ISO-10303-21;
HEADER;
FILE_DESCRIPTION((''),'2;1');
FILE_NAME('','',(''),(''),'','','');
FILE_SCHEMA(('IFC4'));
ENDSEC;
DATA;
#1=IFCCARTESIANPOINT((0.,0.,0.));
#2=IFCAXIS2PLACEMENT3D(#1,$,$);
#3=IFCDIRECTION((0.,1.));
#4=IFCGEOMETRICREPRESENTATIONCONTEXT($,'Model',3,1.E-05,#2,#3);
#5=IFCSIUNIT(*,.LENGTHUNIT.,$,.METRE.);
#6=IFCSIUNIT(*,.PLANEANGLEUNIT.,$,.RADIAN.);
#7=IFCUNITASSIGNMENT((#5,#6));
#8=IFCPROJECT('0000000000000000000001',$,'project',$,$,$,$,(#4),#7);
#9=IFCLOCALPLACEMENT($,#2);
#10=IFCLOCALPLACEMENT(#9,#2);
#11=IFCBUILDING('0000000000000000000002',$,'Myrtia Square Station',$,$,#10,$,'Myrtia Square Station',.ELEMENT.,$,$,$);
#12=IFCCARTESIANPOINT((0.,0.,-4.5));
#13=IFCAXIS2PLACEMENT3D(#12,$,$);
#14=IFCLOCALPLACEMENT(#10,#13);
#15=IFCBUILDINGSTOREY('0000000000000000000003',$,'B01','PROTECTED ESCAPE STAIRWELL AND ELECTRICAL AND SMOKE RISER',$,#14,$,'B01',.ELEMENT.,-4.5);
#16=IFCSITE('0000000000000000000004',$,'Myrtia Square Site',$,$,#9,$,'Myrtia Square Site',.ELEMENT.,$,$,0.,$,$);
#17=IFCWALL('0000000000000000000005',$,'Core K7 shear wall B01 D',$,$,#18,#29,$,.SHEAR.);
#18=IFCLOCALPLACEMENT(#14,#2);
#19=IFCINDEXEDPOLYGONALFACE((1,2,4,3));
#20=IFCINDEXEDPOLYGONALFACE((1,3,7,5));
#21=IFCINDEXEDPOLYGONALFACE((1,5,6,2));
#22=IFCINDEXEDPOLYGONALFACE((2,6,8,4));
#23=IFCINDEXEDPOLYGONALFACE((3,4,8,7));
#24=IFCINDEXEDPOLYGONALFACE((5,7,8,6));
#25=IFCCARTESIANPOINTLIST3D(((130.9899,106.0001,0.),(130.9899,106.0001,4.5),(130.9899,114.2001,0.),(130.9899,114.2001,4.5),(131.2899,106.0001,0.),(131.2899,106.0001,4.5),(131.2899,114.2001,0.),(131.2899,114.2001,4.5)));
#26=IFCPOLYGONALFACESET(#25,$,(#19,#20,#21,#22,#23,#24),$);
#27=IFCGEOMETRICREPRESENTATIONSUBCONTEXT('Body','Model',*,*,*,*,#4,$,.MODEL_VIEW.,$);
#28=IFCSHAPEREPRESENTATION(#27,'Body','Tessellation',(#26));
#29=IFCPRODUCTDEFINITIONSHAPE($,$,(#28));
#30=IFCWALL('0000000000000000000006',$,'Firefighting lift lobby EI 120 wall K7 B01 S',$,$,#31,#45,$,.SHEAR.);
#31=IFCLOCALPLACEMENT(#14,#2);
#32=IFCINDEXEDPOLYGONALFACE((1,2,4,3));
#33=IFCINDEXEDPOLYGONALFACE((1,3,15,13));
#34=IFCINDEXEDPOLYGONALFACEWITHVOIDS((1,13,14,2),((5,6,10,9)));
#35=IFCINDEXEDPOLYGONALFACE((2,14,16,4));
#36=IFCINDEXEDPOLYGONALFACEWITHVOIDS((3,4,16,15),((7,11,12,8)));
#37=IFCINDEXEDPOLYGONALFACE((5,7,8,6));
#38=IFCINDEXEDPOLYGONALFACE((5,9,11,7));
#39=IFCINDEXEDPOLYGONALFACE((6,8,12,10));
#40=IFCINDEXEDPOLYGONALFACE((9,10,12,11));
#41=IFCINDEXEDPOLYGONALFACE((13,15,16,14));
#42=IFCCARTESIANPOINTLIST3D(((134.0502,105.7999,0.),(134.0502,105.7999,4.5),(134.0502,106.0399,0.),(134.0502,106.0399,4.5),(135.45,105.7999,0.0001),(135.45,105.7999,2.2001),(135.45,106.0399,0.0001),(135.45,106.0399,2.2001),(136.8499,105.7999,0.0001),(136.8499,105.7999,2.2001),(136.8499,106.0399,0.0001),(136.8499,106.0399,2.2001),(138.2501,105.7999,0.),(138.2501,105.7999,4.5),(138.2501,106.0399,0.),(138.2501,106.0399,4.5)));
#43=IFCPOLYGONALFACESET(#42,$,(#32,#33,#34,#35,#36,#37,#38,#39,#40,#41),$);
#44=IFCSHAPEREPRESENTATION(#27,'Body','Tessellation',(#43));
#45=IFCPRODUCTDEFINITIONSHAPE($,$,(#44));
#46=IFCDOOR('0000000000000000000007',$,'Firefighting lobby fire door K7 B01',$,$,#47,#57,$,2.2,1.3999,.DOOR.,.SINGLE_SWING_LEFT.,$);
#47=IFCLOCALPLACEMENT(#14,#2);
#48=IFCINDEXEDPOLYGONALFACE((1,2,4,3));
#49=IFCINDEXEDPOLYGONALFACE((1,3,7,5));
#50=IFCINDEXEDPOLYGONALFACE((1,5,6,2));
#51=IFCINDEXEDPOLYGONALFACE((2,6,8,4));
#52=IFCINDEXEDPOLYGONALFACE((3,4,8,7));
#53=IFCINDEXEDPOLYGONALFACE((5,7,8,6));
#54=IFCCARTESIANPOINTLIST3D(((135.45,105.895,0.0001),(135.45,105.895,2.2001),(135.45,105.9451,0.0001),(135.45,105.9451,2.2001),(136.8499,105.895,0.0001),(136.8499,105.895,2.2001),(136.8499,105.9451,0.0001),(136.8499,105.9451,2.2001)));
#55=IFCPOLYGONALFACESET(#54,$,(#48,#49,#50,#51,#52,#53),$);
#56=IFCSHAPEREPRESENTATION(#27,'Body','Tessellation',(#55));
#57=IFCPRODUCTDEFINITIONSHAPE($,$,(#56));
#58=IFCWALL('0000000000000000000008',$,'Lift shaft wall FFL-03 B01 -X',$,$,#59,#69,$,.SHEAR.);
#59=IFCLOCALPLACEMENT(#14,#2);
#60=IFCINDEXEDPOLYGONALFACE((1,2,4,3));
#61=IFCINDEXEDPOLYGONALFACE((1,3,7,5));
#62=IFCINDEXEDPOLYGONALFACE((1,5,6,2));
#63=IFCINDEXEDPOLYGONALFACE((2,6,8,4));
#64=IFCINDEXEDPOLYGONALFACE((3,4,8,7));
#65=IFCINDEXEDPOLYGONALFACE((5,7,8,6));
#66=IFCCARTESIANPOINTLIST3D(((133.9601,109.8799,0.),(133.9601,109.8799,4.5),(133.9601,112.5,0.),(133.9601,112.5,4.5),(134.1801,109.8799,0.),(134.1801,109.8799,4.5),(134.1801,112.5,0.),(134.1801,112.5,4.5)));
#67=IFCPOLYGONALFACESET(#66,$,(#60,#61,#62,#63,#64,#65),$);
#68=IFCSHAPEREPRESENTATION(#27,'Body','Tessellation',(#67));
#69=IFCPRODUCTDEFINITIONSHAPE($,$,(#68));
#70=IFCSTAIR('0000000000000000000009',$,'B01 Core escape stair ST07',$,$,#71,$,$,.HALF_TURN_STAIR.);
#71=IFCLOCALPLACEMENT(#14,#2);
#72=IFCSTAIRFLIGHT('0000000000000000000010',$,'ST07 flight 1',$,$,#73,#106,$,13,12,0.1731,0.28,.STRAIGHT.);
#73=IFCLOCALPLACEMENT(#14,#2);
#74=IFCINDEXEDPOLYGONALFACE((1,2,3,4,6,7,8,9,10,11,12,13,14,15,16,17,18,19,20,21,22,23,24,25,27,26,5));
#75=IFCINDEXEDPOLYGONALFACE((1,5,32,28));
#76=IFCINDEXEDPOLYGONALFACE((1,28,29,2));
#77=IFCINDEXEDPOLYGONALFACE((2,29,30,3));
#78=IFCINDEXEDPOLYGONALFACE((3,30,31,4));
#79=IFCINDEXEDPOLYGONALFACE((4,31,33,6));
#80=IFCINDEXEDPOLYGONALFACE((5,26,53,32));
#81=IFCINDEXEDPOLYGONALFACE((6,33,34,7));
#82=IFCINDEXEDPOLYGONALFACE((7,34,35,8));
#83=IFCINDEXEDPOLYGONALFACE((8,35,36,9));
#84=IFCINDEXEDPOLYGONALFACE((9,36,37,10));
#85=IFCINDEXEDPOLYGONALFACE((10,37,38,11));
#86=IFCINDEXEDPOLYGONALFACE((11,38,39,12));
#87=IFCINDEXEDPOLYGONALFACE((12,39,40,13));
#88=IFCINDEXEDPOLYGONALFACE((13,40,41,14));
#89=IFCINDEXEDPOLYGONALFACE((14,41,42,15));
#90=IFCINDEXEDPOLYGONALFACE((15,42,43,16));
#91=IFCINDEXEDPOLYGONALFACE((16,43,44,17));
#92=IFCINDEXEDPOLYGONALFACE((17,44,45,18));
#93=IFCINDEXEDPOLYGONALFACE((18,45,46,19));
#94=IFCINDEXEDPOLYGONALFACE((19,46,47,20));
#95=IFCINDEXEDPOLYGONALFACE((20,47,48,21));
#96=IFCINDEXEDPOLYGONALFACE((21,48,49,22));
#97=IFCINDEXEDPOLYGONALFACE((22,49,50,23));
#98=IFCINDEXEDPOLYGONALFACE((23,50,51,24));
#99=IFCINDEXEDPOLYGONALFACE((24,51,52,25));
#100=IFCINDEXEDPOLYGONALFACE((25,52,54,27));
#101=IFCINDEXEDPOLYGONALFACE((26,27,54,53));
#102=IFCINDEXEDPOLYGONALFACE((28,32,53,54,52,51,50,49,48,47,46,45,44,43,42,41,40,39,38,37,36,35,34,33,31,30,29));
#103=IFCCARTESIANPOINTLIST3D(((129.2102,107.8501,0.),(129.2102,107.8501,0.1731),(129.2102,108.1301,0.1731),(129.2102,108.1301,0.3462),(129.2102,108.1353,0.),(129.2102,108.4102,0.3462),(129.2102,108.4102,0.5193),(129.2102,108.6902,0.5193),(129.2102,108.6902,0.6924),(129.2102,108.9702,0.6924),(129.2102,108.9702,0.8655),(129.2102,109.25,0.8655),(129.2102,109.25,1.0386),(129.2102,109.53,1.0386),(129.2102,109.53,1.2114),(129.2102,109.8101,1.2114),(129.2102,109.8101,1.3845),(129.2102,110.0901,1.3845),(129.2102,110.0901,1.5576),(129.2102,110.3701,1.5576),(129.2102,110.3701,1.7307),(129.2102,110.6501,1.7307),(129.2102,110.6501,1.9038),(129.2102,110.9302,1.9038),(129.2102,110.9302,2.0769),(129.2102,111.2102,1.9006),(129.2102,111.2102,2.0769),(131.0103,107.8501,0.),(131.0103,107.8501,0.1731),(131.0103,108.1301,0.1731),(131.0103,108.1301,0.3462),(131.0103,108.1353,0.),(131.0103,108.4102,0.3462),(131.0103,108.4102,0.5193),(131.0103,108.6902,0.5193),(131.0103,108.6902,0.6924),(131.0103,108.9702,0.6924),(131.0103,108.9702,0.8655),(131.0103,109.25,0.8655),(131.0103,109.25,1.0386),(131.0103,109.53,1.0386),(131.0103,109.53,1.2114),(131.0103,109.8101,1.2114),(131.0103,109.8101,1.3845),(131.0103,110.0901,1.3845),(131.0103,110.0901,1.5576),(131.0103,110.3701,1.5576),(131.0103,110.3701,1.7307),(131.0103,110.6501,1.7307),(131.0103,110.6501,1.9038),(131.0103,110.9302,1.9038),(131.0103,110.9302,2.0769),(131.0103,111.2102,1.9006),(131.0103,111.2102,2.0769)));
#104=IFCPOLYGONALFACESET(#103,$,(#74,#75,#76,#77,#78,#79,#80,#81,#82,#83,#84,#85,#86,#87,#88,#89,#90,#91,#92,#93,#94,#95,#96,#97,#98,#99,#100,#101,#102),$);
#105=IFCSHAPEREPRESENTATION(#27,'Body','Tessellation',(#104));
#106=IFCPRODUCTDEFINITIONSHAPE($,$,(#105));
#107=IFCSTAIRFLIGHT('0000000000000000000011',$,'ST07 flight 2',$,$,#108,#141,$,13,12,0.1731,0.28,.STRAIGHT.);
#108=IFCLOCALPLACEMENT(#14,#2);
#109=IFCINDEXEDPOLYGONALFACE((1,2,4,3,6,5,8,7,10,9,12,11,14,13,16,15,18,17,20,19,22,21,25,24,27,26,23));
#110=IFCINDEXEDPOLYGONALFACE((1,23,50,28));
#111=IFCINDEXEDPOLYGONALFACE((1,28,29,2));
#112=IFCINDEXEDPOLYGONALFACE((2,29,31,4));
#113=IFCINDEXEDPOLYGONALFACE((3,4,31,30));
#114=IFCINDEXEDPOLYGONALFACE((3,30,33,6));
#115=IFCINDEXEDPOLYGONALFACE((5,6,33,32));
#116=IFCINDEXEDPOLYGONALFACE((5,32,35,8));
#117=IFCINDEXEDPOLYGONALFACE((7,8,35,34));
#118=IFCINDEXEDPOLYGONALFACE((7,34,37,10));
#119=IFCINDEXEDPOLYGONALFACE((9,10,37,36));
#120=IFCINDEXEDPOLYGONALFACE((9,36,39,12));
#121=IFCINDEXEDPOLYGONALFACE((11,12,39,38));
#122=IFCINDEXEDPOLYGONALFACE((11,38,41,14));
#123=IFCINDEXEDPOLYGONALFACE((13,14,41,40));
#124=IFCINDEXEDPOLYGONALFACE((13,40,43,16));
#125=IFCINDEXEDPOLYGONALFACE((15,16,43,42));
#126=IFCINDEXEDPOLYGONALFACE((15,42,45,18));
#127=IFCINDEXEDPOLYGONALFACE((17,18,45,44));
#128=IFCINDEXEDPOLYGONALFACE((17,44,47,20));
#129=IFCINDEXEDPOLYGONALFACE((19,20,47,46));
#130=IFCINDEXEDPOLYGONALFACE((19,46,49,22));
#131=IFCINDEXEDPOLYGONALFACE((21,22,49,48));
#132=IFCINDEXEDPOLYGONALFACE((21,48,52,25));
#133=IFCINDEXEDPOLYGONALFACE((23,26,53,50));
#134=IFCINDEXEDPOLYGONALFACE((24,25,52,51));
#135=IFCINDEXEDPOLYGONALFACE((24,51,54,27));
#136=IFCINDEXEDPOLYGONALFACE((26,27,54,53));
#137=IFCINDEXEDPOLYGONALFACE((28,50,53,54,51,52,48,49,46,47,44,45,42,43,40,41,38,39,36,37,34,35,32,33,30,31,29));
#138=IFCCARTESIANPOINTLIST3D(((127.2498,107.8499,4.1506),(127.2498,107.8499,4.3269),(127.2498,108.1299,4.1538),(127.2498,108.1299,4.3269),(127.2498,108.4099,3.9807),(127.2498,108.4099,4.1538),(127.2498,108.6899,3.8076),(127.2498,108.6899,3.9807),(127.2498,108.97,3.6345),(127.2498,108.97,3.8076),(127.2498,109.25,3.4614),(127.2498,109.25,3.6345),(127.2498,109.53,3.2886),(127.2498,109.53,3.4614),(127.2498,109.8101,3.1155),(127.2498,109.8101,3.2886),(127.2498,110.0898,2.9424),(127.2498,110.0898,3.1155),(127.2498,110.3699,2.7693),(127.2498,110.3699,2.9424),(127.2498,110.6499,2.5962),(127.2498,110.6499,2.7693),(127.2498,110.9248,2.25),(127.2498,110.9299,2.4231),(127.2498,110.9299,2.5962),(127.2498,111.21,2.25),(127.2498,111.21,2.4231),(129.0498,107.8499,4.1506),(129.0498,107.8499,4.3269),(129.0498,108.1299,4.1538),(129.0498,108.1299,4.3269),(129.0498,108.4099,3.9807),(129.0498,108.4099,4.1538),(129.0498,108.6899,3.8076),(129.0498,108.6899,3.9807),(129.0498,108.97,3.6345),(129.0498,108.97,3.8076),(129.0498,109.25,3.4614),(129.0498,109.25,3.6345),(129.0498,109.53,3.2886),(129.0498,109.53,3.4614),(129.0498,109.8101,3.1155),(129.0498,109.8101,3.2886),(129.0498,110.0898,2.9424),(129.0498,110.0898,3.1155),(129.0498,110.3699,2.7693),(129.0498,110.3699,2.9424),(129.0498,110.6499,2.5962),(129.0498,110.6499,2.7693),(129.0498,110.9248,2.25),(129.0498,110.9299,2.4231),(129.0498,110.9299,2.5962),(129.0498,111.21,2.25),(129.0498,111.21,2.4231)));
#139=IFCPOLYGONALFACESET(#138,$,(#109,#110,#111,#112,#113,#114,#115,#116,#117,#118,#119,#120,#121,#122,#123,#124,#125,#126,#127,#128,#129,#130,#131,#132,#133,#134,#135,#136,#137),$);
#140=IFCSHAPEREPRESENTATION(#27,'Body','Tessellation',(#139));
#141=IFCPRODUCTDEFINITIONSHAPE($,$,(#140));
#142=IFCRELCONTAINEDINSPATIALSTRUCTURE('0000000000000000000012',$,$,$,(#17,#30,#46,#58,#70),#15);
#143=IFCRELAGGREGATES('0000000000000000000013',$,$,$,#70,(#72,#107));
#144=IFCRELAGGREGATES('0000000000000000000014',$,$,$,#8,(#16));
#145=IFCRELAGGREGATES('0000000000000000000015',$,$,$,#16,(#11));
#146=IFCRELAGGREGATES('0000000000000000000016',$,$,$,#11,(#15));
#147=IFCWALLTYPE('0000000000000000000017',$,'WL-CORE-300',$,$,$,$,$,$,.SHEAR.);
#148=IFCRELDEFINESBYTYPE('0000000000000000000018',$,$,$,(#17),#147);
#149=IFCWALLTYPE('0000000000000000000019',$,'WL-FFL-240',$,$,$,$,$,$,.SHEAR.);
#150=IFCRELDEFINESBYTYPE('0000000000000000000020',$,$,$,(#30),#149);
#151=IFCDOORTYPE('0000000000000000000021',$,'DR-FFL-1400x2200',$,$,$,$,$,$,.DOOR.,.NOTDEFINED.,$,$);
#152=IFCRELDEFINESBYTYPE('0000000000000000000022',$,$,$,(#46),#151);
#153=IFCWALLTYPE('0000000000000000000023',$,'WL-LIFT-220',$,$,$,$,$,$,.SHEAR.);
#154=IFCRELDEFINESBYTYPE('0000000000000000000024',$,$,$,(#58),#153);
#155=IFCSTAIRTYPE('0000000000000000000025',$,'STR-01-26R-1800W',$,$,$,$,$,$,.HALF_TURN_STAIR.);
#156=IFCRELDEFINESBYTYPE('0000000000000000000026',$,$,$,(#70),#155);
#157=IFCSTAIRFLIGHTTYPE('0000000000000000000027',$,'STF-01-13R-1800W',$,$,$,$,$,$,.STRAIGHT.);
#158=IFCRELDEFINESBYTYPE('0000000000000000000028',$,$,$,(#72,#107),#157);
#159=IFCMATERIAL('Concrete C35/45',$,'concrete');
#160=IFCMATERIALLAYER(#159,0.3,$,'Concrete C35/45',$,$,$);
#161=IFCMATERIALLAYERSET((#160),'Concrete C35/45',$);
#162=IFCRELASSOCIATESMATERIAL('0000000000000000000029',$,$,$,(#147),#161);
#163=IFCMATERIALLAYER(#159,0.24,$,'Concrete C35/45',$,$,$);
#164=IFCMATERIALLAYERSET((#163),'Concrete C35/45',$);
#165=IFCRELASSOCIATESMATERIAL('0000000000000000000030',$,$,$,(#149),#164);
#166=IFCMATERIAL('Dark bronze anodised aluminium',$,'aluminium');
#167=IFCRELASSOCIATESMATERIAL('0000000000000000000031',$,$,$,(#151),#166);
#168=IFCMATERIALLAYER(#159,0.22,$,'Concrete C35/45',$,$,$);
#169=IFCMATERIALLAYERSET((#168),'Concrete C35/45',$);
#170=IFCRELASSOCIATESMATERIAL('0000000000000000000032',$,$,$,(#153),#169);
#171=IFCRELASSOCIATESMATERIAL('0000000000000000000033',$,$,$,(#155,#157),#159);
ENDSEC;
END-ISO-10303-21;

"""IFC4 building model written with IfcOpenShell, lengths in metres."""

from ifc_helpers import new_model, si_unit, direction, frame, frame_2d, origin, place, context, subcontext, project, spatial, polyline, rectangle, outline, extrude, material, layer, layer_set, type_object, element, fill, aggregate, save


model = new_model("IFC4")

# Units and contexts
model_context = context("Model", 3, precision=1e-05, world=origin(), true_north=direction((0.0, 1.0)))
body_context = subcontext(model_context, "Body", "Model", "MODEL_VIEW")
ifc_project = project(units=[si_unit("LENGTHUNIT", "METRE"), si_unit("PLANEANGLEUNIT", "RADIAN")], contexts=[model_context])

# Site, building, storey
site_placement = place(None, origin())
site = spatial("IfcSite", under=ifc_project, at=site_placement, Name="Myrtia Square Site", LongName="Myrtia Square Site", CompositionType="ELEMENT", RefElevation=0.0)
building_placement = place(site_placement, origin())
building = spatial("IfcBuilding", under=site, at=building_placement, Name="Myrtia Square Station", LongName="Myrtia Square Station", CompositionType="ELEMENT")
storey_placement = place(building_placement, frame((0.0, 0.0, -4.5)))
storey = spatial("IfcBuildingStorey", under=building, at=storey_placement, Name="B01", Description="PROTECTED ESCAPE STAIRWELL AND ELECTRICAL AND SMOKE RISER", LongName="B01", CompositionType="ELEMENT", Elevation=-4.5)

# Shared definitions
ifc_material_1 = material(Name="Concrete C35/45", Category="concrete")

# Shared definitions
ifc_layer_1 = layer(ifc_material_1, 0.3, Name="Concrete C35/45")
ifc_layer_set_1 = layer_set([ifc_layer_1], Name="Concrete C35/45")
wall_type_1 = type_object("IfcWallType", Name="WL-CORE-300", PredefinedType="SHEAR", material=ifc_layer_set_1)
ifc_material_2 = material(Name="Dark bronze anodised aluminium", Category="aluminium")

# Wall
wall_1_placement = place(storey_placement, frame((131.1399, 106.0, 0.0), z_axis=(0.0, 0.0, 1.0), x_axis=(0.0, 1.0, 0.0)))
element("IfcWall", 1, at=wall_1_placement, inside=storey, type_object=wall_type_1, Name="Core K7 shear wall B01 D", PredefinedType="SHEAR", context=body_context, shape_type="SweptSolid", body=[
    extrude(rectangle(XDim=8.2, YDim=0.3, at=frame_2d((4.1001, 0.0))), origin(), (0.0, 0.0, 1.0), 4.5),
])

# Wall, opening, door
ifc_layer_2 = layer(ifc_material_1, 0.24, Name="Concrete C35/45")
ifc_layer_set_2 = layer_set([ifc_layer_2], Name="Concrete C35/45")
wall_type_2 = type_object("IfcWallType", Name="WL-FFL-240", PredefinedType="SHEAR", material=ifc_layer_set_2)
wall_2_placement = place(storey_placement, frame((134.05, 105.9199, 0.0), z_axis=(0.0, 0.0, 1.0), x_axis=(1.0, 0.0, 0.0)))
wall_2 = element("IfcWall", 2, at=wall_2_placement, inside=storey, type_object=wall_type_2, Name="Firefighting lift lobby EI 120 wall K7 B01 S", PredefinedType="SHEAR", context=body_context, shape_type="SweptSolid", body=[
    extrude(rectangle(XDim=4.2, YDim=0.24, at=frame_2d((2.1001, 0.0))), origin(), (0.0, 0.0, 1.0), 4.5),
])
opening_1_placement = place(wall_2_placement, frame((1.3999, 0.0, 0.0)))
opening_1 = element("IfcOpeningElement", 3, at=opening_1_placement, cuts=wall_2, PredefinedType="OPENING", context=body_context, shape_type="SweptSolid", body=[
    extrude(rectangle(XDim=1.3999, YDim=2.2, at=frame_2d((0.7, 1.1001))), frame((0.0, 0.135, 0.0), z_axis=(0.0, -1.0, 0.0), x_axis=(1.0, 0.0, 0.0)), (0.0, 0.0, 1.0), 0.27),
])
door_type_1 = type_object("IfcDoorType", Name="DR-FFL-1400x2200", OperationType="NOTDEFINED", PredefinedType="DOOR", material=ifc_material_2)
door_1_placement = place(opening_1_placement, frame((1.3999, 0.0, 0.0), z_axis=(0.0, 0.0, 1.0), x_axis=(-1.0, 0.0, 0.0)))
door_1 = element("IfcDoor", 4, at=door_1_placement, inside=storey, type_object=door_type_1, Name="Firefighting lobby fire door K7 B01", OperationType="SINGLE_SWING_LEFT", OverallHeight=2.2, OverallWidth=1.3999, PredefinedType="DOOR", context=body_context, shape_type="SweptSolid", body=[
    extrude(rectangle(XDim=1.3999, YDim=2.2, at=frame_2d((0.7, 1.1001))), frame((0.0, 0.0249, 0.0), z_axis=(0.0, -1.0, 0.0), x_axis=(1.0, 0.0, 0.0)), (0.0, 0.0, 1.0), 0.05),
])
fill(opening_1, door_1)
ifc_layer_3 = layer(ifc_material_1, 0.22, Name="Concrete C35/45")
ifc_layer_set_3 = layer_set([ifc_layer_3], Name="Concrete C35/45")
wall_type_3 = type_object("IfcWallType", Name="WL-LIFT-220", PredefinedType="SHEAR", material=ifc_layer_set_3)

# Wall
wall_3_placement = place(storey_placement, frame((134.0701, 109.8799, 0.0), z_axis=(0.0, 0.0, 1.0), x_axis=(0.0, 1.0, 0.0)))
element("IfcWall", 5, at=wall_3_placement, inside=storey, type_object=wall_type_3, Name="Lift shaft wall FFL-03 B01 -X", PredefinedType="SHEAR", context=body_context, shape_type="SweptSolid", body=[
    extrude(rectangle(XDim=2.6201, YDim=0.22, at=frame_2d((1.3101, 0.0))), origin(), (0.0, 0.0, 1.0), 4.5),
])

# Stair, stair flights
stair_type = type_object("IfcStairType", Name="STR-01-26R-1800W", PredefinedType="HALF_TURN_STAIR", material=ifc_material_1)
stair_placement = place(storey_placement, origin())
stair = element("IfcStair", 6, at=stair_placement, inside=storey, type_object=stair_type, Name="B01 Core escape stair ST07", PredefinedType="HALF_TURN_STAIR")
stair_flight_type = type_object("IfcStairFlightType", Name="STF-01-13R-1800W", PredefinedType="STRAIGHT", material=ifc_material_1)
stair_flight_1_placement = place(storey_placement, frame((130.1101, 107.8501, 0.0), z_axis=(0.0, 0.0, 1.0), x_axis=(0.0, 1.0, 0.0)))
stair_flight_1 = element("IfcStairFlight", 7, at=stair_flight_1_placement, type_object=stair_flight_type, Name="ST07 flight 1", NumberOfRisers=13, NumberOfTreads=12, PredefinedType="STRAIGHT", RiserHeight=0.1731, TreadLength=0.28, context=body_context, shape_type="SweptSolid", body=[
    extrude(outline(polyline([(0.0, 0.0), (0.0, 0.1731), (0.28, 0.1731), (0.28, 0.3462), (0.5601, 0.3462), (0.5601, 0.5193), (0.8401, 0.5193), (0.8401, 0.6924), (1.1201, 0.6924), (1.1201, 0.8655), (1.3999, 0.8655), (1.3999, 1.0386), (1.6799, 1.0386), (1.6799, 1.2114), (1.96, 1.2114), (1.96, 1.3845), (2.24, 1.3845), (2.24, 1.5576), (2.52, 1.5576), (2.52, 1.7307), (2.8, 1.7307), (2.8, 1.9038), (3.0801, 1.9038), (3.0801, 2.0769), (3.3601, 2.0769), (3.3601, 2.25), (3.3601, 1.9006), (0.2852, 0.0), (0.0, 0.0)])), frame((0.0, 0.8999, 0.0), z_axis=(0.0, -1.0, 0.0), x_axis=(1.0, 0.0, 0.0)), (0.0, 0.0, 1.0), 1.8),
])
stair_flight_2_placement = place(storey_placement, frame((128.1499, 111.21, 2.25), z_axis=(0.0, 0.0, 1.0), x_axis=(0.0, -1.0, 0.0)))
stair_flight_2 = element("IfcStairFlight", 8, at=stair_flight_2_placement, type_object=stair_flight_type, Name="ST07 flight 2", NumberOfRisers=13, NumberOfTreads=12, PredefinedType="STRAIGHT", RiserHeight=0.1731, TreadLength=0.28, context=body_context, shape_type="SweptSolid", body=[
    extrude(outline(polyline([(0.0, 0.0), (0.0, 0.1731), (0.28, 0.1731), (0.28, 0.3462), (0.5601, 0.3462), (0.5601, 0.5193), (0.8401, 0.5193), (0.8401, 0.6924), (1.1201, 0.6924), (1.1201, 0.8655), (1.3999, 0.8655), (1.3999, 1.0386), (1.6799, 1.0386), (1.6799, 1.2114), (1.96, 1.2114), (1.96, 1.3845), (2.24, 1.3845), (2.24, 1.5576), (2.52, 1.5576), (2.52, 1.7307), (2.8, 1.7307), (2.8, 1.9038), (3.0801, 1.9038), (3.0801, 2.0769), (3.3601, 2.0769), (3.3601, 2.25), (3.3601, 1.9006), (0.2852, 0.0), (0.0, 0.0)])), frame((0.0, 0.8999, 0.0), z_axis=(0.0, -1.0, 0.0), x_axis=(1.0, 0.0, 0.0)), (0.0, 0.0, 1.0), 1.8),
])
aggregate(stair, [stair_flight_1, stair_flight_2])

save(model, "model.ifc")
